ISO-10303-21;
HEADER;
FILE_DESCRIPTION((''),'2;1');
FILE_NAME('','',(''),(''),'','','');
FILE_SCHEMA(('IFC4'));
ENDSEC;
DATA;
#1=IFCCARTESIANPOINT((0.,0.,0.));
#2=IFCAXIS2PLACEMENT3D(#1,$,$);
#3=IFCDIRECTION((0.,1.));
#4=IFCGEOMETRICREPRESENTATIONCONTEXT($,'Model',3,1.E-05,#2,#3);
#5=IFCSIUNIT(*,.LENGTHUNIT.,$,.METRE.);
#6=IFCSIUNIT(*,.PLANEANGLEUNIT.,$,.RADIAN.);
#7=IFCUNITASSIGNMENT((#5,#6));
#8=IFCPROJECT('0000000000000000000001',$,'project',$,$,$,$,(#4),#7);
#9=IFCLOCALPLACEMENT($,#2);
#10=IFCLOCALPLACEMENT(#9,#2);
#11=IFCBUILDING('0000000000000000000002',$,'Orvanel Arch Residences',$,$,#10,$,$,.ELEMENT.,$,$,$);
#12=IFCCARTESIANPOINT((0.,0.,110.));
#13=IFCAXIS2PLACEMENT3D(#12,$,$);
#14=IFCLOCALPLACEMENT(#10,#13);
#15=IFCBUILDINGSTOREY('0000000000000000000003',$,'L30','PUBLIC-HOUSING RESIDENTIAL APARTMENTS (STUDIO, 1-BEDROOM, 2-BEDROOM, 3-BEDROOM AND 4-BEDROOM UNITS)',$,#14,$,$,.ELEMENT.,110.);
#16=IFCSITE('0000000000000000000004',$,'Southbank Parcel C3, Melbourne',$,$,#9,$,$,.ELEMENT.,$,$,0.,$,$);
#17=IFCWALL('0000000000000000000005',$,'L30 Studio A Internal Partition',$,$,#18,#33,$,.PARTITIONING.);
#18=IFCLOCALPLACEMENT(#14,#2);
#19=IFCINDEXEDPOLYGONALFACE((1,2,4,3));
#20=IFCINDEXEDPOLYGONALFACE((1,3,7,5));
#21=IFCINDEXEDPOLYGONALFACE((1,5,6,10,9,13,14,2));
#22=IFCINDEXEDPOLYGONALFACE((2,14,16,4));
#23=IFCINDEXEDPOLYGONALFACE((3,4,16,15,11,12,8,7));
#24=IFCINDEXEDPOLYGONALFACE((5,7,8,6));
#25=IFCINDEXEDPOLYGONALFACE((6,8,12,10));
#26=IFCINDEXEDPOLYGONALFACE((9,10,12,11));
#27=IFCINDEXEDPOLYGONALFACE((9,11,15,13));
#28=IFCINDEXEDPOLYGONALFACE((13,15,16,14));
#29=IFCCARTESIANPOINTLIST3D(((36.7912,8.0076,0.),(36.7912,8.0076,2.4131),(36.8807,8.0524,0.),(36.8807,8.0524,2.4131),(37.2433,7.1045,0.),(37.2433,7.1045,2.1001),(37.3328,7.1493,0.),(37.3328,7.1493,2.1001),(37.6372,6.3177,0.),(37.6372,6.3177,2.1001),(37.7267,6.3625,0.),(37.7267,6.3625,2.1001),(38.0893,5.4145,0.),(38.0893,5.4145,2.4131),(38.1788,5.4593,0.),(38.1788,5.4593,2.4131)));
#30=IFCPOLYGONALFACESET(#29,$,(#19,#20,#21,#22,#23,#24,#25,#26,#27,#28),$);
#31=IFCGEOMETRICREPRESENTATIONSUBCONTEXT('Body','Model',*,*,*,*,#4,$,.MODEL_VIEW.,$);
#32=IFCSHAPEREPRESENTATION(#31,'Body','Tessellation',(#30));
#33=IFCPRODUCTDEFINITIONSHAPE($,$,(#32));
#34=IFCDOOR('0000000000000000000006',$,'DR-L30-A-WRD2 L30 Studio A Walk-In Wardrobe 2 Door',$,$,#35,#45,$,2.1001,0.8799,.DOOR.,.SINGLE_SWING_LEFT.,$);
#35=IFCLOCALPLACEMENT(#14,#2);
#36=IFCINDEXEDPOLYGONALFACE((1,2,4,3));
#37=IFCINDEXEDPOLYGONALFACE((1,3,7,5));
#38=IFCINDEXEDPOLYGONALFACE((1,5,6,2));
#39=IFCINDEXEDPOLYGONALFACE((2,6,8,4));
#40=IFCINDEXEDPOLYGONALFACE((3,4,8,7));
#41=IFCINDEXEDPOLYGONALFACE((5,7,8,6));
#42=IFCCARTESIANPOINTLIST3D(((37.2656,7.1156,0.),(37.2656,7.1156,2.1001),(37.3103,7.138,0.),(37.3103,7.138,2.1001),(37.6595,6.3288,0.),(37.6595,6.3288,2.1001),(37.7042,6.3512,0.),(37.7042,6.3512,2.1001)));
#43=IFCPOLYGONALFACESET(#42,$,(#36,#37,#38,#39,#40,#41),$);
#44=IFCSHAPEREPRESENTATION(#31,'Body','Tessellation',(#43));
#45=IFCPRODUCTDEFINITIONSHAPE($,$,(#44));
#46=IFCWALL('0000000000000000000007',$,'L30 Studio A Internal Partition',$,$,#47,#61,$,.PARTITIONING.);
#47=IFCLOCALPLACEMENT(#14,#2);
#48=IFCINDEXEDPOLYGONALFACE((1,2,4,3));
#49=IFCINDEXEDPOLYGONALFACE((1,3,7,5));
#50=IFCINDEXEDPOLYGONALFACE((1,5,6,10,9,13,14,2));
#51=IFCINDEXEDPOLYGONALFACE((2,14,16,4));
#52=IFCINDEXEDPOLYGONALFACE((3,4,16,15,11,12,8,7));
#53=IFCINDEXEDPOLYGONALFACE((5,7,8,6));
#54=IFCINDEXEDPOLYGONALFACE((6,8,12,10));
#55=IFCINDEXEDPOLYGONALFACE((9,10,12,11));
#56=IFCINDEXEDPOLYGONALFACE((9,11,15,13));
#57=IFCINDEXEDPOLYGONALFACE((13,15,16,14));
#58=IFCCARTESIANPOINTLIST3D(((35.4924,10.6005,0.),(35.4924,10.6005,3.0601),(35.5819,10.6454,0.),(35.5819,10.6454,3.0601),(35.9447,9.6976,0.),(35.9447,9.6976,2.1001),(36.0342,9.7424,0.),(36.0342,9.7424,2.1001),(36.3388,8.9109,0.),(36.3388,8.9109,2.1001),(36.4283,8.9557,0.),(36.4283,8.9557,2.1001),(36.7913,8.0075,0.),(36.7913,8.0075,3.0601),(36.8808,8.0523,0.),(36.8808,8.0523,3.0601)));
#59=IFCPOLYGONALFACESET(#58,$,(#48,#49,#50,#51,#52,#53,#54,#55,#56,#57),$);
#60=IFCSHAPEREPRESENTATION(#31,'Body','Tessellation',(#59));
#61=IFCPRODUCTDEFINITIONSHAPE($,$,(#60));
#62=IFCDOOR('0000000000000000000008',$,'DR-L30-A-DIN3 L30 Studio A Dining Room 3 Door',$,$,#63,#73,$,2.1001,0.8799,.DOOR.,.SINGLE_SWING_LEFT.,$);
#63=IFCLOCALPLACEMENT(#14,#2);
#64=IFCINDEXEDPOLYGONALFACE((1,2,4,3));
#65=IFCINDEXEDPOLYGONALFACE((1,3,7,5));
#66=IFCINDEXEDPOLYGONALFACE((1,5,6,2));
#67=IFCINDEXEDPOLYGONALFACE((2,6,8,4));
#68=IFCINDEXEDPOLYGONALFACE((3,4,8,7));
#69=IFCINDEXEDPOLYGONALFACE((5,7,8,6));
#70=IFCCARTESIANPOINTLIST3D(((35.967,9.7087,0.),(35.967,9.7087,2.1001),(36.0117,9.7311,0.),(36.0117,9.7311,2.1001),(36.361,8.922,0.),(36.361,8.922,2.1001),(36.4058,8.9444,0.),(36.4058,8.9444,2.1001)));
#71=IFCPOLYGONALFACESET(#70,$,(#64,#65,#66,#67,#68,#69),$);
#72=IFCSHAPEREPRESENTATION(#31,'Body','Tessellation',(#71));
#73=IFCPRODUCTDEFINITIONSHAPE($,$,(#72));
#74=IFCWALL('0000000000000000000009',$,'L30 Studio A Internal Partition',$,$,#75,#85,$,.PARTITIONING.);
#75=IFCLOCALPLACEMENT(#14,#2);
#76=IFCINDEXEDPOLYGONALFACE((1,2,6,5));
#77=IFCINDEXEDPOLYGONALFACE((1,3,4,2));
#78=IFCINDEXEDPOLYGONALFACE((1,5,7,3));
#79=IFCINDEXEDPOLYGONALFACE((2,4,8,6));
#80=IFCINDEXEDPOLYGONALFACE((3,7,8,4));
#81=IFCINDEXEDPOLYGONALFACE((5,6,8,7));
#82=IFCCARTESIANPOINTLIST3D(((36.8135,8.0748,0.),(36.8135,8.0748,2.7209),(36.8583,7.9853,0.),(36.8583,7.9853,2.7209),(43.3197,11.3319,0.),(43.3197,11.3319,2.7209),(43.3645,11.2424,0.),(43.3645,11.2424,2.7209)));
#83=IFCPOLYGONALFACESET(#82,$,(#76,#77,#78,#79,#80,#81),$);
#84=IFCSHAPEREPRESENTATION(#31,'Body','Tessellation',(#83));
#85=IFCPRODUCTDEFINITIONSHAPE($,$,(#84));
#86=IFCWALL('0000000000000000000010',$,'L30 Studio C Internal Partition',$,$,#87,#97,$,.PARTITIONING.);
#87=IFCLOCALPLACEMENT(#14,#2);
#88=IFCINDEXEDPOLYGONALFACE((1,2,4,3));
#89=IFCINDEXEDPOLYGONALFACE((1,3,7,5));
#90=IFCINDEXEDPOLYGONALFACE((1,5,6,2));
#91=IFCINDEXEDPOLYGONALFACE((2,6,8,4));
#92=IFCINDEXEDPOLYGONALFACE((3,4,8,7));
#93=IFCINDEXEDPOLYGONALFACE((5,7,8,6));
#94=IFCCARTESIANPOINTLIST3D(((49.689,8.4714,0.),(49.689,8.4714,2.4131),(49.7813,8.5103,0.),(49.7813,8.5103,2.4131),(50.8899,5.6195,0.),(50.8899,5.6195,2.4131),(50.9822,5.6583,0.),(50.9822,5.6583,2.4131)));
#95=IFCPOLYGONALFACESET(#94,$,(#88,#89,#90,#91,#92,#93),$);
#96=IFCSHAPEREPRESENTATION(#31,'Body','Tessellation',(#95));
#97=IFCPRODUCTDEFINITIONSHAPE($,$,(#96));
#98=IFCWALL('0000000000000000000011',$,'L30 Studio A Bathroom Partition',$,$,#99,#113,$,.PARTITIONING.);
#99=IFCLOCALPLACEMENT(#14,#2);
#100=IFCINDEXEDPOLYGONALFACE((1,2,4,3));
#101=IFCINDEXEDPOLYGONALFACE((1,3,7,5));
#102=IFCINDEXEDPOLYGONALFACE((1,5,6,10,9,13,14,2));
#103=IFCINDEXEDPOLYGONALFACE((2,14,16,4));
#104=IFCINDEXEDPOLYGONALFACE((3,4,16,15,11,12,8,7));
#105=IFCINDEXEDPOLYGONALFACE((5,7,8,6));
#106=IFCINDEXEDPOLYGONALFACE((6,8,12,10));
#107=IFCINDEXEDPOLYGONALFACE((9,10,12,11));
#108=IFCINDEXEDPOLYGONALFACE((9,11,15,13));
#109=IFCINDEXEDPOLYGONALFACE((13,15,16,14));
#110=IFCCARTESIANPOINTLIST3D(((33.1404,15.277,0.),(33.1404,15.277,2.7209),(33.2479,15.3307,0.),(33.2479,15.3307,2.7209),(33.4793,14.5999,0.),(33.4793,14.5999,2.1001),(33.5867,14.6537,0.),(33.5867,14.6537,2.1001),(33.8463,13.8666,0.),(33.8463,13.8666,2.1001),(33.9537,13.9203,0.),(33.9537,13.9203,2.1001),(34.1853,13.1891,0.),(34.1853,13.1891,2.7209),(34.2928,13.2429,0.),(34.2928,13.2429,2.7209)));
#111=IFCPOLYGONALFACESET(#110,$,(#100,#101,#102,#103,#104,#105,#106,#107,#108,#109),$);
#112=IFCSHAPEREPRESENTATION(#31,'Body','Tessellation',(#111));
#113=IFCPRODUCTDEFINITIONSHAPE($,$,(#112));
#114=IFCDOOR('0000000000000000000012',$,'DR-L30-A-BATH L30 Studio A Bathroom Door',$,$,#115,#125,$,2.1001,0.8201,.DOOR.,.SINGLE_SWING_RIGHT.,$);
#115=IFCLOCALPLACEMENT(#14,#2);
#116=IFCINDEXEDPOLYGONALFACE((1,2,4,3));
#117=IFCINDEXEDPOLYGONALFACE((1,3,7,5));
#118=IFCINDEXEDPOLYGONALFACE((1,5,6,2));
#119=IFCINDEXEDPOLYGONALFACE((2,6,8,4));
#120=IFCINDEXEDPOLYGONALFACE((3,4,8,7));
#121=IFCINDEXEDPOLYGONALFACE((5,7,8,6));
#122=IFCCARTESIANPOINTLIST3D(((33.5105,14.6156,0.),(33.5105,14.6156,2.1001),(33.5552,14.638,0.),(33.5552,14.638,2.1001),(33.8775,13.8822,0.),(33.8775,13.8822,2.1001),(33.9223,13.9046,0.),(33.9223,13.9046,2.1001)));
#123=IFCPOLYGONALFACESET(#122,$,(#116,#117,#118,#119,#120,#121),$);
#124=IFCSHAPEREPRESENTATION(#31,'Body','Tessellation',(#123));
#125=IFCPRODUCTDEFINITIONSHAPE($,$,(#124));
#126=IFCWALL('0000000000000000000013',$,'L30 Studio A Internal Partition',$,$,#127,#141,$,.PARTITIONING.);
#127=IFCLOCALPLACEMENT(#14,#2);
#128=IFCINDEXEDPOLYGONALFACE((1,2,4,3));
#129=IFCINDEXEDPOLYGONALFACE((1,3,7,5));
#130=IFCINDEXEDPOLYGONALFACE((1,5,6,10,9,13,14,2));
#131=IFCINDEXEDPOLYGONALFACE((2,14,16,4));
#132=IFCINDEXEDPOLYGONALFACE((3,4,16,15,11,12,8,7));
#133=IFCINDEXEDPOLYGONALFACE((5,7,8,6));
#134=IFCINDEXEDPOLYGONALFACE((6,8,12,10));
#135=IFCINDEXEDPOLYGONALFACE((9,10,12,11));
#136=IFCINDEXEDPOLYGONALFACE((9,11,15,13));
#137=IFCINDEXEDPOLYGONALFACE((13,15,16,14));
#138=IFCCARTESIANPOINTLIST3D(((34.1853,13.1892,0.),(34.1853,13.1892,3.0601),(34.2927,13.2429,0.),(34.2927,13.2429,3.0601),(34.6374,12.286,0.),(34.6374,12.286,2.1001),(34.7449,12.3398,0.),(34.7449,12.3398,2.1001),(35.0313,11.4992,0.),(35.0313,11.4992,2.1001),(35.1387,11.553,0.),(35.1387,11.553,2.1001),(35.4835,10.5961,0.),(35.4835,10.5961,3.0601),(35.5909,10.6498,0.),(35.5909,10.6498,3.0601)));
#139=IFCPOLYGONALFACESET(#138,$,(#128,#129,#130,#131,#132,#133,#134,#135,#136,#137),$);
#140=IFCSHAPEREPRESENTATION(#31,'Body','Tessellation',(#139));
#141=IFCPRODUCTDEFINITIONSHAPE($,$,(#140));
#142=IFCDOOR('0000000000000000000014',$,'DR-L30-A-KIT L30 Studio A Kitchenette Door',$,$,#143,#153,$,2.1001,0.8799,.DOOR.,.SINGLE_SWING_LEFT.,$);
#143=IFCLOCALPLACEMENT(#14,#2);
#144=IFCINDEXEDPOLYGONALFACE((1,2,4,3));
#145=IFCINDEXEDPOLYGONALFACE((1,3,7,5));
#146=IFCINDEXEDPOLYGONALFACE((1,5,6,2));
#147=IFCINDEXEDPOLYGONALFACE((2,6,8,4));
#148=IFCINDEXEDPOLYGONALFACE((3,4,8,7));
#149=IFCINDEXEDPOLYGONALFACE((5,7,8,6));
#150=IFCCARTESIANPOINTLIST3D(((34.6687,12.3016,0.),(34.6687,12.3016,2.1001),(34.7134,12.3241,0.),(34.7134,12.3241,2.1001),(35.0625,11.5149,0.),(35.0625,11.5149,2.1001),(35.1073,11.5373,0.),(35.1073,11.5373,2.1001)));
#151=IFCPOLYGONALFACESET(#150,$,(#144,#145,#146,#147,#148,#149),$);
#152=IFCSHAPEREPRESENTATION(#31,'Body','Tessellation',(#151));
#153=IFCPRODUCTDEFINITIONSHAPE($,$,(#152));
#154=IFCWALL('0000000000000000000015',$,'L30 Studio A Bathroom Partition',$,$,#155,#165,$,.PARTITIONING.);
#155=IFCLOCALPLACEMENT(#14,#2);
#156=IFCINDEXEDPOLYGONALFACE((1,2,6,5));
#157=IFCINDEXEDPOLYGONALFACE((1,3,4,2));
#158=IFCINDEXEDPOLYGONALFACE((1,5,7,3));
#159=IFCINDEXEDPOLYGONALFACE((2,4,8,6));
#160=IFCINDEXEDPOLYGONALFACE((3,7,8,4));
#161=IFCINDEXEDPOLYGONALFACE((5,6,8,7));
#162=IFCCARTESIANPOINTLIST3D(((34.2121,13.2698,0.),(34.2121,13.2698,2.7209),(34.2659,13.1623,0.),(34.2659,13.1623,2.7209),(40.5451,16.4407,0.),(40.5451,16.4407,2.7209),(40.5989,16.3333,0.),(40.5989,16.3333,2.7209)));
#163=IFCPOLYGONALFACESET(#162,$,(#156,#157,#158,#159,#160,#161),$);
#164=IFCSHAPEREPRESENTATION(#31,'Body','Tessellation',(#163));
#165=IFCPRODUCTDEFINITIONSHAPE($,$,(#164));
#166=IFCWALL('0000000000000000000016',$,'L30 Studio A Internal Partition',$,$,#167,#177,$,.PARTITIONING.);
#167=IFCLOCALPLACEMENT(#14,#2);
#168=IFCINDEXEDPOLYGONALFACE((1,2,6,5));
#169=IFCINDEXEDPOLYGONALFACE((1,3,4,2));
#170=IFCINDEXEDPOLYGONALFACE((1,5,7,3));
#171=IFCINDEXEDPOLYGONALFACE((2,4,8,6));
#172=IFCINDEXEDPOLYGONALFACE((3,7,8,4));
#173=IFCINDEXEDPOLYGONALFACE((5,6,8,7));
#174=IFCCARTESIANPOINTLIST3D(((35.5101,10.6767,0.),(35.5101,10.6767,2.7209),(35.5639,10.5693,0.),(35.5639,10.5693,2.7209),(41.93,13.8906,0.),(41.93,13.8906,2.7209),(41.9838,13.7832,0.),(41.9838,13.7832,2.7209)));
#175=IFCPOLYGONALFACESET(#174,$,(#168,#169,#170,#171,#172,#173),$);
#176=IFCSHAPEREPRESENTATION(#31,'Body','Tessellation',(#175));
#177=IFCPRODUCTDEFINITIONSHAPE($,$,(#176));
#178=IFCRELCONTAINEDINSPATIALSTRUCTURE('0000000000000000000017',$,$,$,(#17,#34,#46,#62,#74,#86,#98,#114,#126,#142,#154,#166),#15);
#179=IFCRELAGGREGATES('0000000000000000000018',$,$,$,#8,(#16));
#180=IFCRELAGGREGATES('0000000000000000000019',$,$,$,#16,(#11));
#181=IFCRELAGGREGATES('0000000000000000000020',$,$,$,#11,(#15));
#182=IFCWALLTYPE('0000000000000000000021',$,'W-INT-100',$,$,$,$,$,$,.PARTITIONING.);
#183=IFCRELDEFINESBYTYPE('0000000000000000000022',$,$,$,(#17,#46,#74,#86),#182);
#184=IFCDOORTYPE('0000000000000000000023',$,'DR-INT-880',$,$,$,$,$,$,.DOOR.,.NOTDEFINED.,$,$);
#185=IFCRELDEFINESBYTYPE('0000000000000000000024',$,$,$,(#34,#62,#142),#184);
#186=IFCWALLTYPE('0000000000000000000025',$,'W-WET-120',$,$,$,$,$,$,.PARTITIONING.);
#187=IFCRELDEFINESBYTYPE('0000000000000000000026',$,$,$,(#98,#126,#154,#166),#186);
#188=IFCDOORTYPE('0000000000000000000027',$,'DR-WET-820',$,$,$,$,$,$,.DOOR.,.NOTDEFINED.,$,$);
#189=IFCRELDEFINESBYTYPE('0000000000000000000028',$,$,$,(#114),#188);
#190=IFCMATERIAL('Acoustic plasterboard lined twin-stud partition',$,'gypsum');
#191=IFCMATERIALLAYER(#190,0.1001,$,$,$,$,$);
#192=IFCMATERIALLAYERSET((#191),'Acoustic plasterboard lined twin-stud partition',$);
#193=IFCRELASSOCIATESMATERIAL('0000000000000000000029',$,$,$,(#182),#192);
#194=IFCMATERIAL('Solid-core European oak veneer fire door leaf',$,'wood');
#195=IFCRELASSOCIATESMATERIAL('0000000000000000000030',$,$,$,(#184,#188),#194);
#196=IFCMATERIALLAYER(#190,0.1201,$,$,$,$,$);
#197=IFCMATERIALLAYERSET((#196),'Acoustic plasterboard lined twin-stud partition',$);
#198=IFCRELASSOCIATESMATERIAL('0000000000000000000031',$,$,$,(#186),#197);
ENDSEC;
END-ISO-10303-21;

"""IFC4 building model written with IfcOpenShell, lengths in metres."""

from ifc_helpers import new_model, si_unit, direction, frame, frame_2d, origin, place, context, subcontext, project, spatial, rectangle, extrude, material, layer, layer_set, type_object, element, fill, save


model = new_model("IFC4")

# Units and contexts
model_context = context("Model", 3, precision=1e-05, world=origin(), true_north=direction((0.0, 1.0)))
body_context = subcontext(model_context, "Body", "Model", "MODEL_VIEW")
ifc_project = project(units=[si_unit("LENGTHUNIT", "METRE"), si_unit("PLANEANGLEUNIT", "RADIAN")], contexts=[model_context])

# Site, building, storey
site_placement = place(None, origin())
site = spatial("IfcSite", under=ifc_project, at=site_placement, Name="Southbank Parcel C3, Melbourne", CompositionType="ELEMENT", RefElevation=0.0)
building_placement = place(site_placement, origin())
building = spatial("IfcBuilding", under=site, at=building_placement, Name="Orvanel Arch Residences", CompositionType="ELEMENT")
storey_placement = place(building_placement, frame((0.0, 0.0, 110.0)))
storey = spatial("IfcBuildingStorey", under=building, at=storey_placement, Name="L30", Description="PUBLIC-HOUSING RESIDENTIAL APARTMENTS (STUDIO, 1-BEDROOM, 2-BEDROOM, 3-BEDROOM AND 4-BEDROOM UNITS)", CompositionType="ELEMENT", Elevation=110.0)

# Walls, openings, doors
ifc_material_1 = material(Name="Acoustic plasterboard lined twin-stud partition", Category="gypsum")
ifc_layer_1 = layer(ifc_material_1, 0.1001)
ifc_layer_set_1 = layer_set([ifc_layer_1], Name="Acoustic plasterboard lined twin-stud partition")
wall_type_1 = type_object("IfcWallType", Name="W-INT-100", PredefinedType="PARTITIONING", material=ifc_layer_set_1)
wall_1_placement = place(storey_placement, frame((36.8359, 8.03, 0.0), z_axis=(0.0, 0.0, 1.0), x_axis=(0.447651, -0.894208, 0.0)))
wall_1 = element("IfcWall", 1, at=wall_1_placement, inside=storey, type_object=wall_type_1, Name="L30 Studio A Internal Partition", PredefinedType="PARTITIONING", context=body_context, shape_type="SweptSolid", body=[
    extrude(rectangle(XDim=2.8999, YDim=0.1001, at=frame_2d((1.45, 0.0))), origin(), (0.0, 0.0, 1.0), 2.4131),
])
opening_1_placement = place(wall_1_placement, frame((1.01, 0.0, 0.0)))
opening_1 = element("IfcOpeningElement", 2, at=opening_1_placement, cuts=wall_1, PredefinedType="OPENING", context=body_context, shape_type="SweptSolid", body=[
    extrude(rectangle(XDim=0.8799, YDim=2.1001, at=frame_2d((0.4399, 1.05))), frame((0.0, 0.0601, 0.0), z_axis=(0.0, -1.0, 0.0), x_axis=(1.0, 0.0, 0.0)), (0.0, 0.0, 1.0), 0.1201),
])
ifc_material_2 = material(Name="Solid-core European oak veneer fire door leaf", Category="wood")
door_type_1 = type_object("IfcDoorType", Name="DR-INT-880", OperationType="NOTDEFINED", PredefinedType="DOOR", material=ifc_material_2)
door_1_placement = place(opening_1_placement, origin())
door_1 = element("IfcDoor", 3, at=door_1_placement, inside=storey, type_object=door_type_1, Name="DR-L30-A-WRD2 L30 Studio A Walk-In Wardrobe 2 Door", OperationType="SINGLE_SWING_LEFT", OverallHeight=2.1001, OverallWidth=0.8799, PredefinedType="DOOR", context=body_context, shape_type="SweptSolid", body=[
    extrude(rectangle(XDim=0.8799, YDim=2.1001, at=frame_2d((0.4399, 1.05))), frame((0.0, 0.0249, 0.0), z_axis=(0.0, -1.0, 0.0), x_axis=(1.0, 0.0, 0.0)), (0.0, 0.0, 1.0), 0.05),
])
fill(opening_1, door_1)
wall_2_placement = place(storey_placement, frame((35.5371, 10.623, 0.0), z_axis=(0.0, 0.0, 1.0), x_axis=(0.447853, -0.894107, 0.0)))
wall_2 = element("IfcWall", 4, at=wall_2_placement, inside=storey, type_object=wall_type_1, Name="L30 Studio A Internal Partition", PredefinedType="PARTITIONING", context=body_context, shape_type="SweptSolid", body=[
    extrude(rectangle(XDim=2.9001, YDim=0.1001, at=frame_2d((1.4502, 0.0))), origin(), (0.0, 0.0, 1.0), 3.0601),
])
opening_2_placement = place(wall_2_placement, frame((1.01, 0.0, 0.0)))
opening_2 = element("IfcOpeningElement", 5, at=opening_2_placement, cuts=wall_2, PredefinedType="OPENING", context=body_context, shape_type="SweptSolid", body=[
    extrude(rectangle(XDim=0.8799, YDim=2.1001, at=frame_2d((0.4399, 1.05))), frame((0.0, 0.0601, 0.0), z_axis=(0.0, -1.0, 0.0), x_axis=(1.0, 0.0, 0.0)), (0.0, 0.0, 1.0), 0.1201),
])
door_2_placement = place(opening_2_placement, origin())
door_2 = element("IfcDoor", 6, at=door_2_placement, inside=storey, type_object=door_type_1, Name="DR-L30-A-DIN3 L30 Studio A Dining Room 3 Door", OperationType="SINGLE_SWING_LEFT", OverallHeight=2.1001, OverallWidth=0.8799, PredefinedType="DOOR", context=body_context, shape_type="SweptSolid", body=[
    extrude(rectangle(XDim=0.8799, YDim=2.1001, at=frame_2d((0.4399, 1.05))), frame((0.0, 0.0249, 0.0), z_axis=(0.0, -1.0, 0.0), x_axis=(1.0, 0.0, 0.0)), (0.0, 0.0, 1.0), 0.05),
])
fill(opening_2, door_2)

# Walls
wall_3_placement = place(storey_placement, frame((36.8359, 8.03, 0.0), z_axis=(0.0, 0.0, 1.0), x_axis=(0.894206, 0.447656, 0.0)))
element("IfcWall", 7, at=wall_3_placement, inside=storey, type_object=wall_type_1, Name="L30 Studio A Internal Partition", PredefinedType="PARTITIONING", context=body_context, shape_type="SweptSolid", body=[
    extrude(rectangle(XDim=7.2759, YDim=0.1001, at=frame_2d((3.6379, 0.0))), origin(), (0.0, 0.0, 1.0), 2.7209),
])
wall_4_placement = place(storey_placement, frame((49.7351, 8.491, 0.0), z_axis=(0.0, 0.0, 1.0), x_axis=(0.388075, -0.921628, 0.0)))
element("IfcWall", 8, at=wall_4_placement, inside=storey, type_object=wall_type_1, Name="L30 Studio C Internal Partition", PredefinedType="PARTITIONING", context=body_context, shape_type="SweptSolid", body=[
    extrude(rectangle(XDim=3.0945, YDim=0.1001, at=frame_2d((1.5474, 0.0))), origin(), (0.0, 0.0, 1.0), 2.4131),
])

# Walls, openings, doors
ifc_layer_2 = layer(ifc_material_1, 0.1201)
ifc_layer_set_2 = layer_set([ifc_layer_2], Name="Acoustic plasterboard lined twin-stud partition")
wall_type_2 = type_object("IfcWallType", Name="W-WET-120", PredefinedType="PARTITIONING", material=ifc_layer_set_2)
wall_5_placement = place(storey_placement, frame((33.1941, 15.304, 0.0), z_axis=(0.0, 0.0, 1.0), x_axis=(0.447548, -0.89426, 0.0)))
wall_5 = element("IfcWall", 9, at=wall_5_placement, inside=storey, type_object=wall_type_2, Name="L30 Studio A Bathroom Partition", PredefinedType="PARTITIONING", context=body_context, shape_type="SweptSolid", body=[
    extrude(rectangle(XDim=2.3347, YDim=0.1201, at=frame_2d((1.1675, 0.0))), origin(), (0.0, 0.0, 1.0), 2.7209),
])
opening_3_placement = place(wall_5_placement, frame((0.7571, 0.0, 0.0)))
opening_3 = element("IfcOpeningElement", 10, at=opening_3_placement, cuts=wall_5, PredefinedType="OPENING", context=body_context, shape_type="SweptSolid", body=[
    extrude(rectangle(XDim=0.8201, YDim=2.1001, at=frame_2d((0.4102, 1.05))), frame((0.0, 0.0701, 0.0), z_axis=(0.0, -1.0, 0.0), x_axis=(1.0, 0.0, 0.0)), (0.0, 0.0, 1.0), 0.1401),
])
door_type_2 = type_object("IfcDoorType", Name="DR-WET-820", OperationType="NOTDEFINED", PredefinedType="DOOR", material=ifc_material_2)
door_3_placement = place(opening_3_placement, origin())
door_3 = element("IfcDoor", 11, at=door_3_placement, inside=storey, type_object=door_type_2, Name="DR-L30-A-BATH L30 Studio A Bathroom Door", OperationType="SINGLE_SWING_RIGHT", OverallHeight=2.1001, OverallWidth=0.8201, PredefinedType="DOOR", context=body_context, shape_type="SweptSolid", body=[
    extrude(rectangle(XDim=0.8201, YDim=2.1001, at=frame_2d((0.4102, 1.05))), frame((0.0, 0.0249, 0.0), z_axis=(0.0, -1.0, 0.0), x_axis=(1.0, 0.0, 0.0)), (0.0, 0.0, 1.0), 0.05),
])
fill(opening_3, door_3)
wall_6_placement = place(storey_placement, frame((34.239, 13.2161, 0.0), z_axis=(0.0, 0.0, 1.0), x_axis=(0.447651, -0.894208, 0.0)))
wall_6 = element("IfcWall", 12, at=wall_6_placement, inside=storey, type_object=wall_type_2, Name="L30 Studio A Internal Partition", PredefinedType="PARTITIONING", context=body_context, shape_type="SweptSolid", body=[
    extrude(rectangle(XDim=2.8999, YDim=0.1201, at=frame_2d((1.45, 0.0))), origin(), (0.0, 0.0, 1.0), 3.0601),
])
opening_4_placement = place(wall_6_placement, frame((1.01, 0.0, 0.0)))
opening_4 = element("IfcOpeningElement", 13, at=opening_4_placement, cuts=wall_6, PredefinedType="OPENING", context=body_context, shape_type="SweptSolid", body=[
    extrude(rectangle(XDim=0.8799, YDim=2.1001, at=frame_2d((0.4399, 1.05))), frame((0.0, 0.0701, 0.0), z_axis=(0.0, -1.0, 0.0), x_axis=(1.0, 0.0, 0.0)), (0.0, 0.0, 1.0), 0.1401),
])
door_4_placement = place(opening_4_placement, origin())
door_4 = element("IfcDoor", 14, at=door_4_placement, inside=storey, type_object=door_type_1, Name="DR-L30-A-KIT L30 Studio A Kitchenette Door", OperationType="SINGLE_SWING_LEFT", OverallHeight=2.1001, OverallWidth=0.8799, PredefinedType="DOOR", context=body_context, shape_type="SweptSolid", body=[
    extrude(rectangle(XDim=0.8799, YDim=2.1001, at=frame_2d((0.4399, 1.05))), frame((0.0, 0.0249, 0.0), z_axis=(0.0, -1.0, 0.0), x_axis=(1.0, 0.0, 0.0)), (0.0, 0.0, 1.0), 0.05),
])
fill(opening_4, door_4)

# Walls
wall_7_placement = place(storey_placement, frame((40.572, 16.387, 0.0), z_axis=(0.0, 0.0, 1.0), x_axis=(-0.894179, -0.44771, 0.0)))
element("IfcWall", 15, at=wall_7_placement, inside=storey, type_object=wall_type_2, Name="L30 Studio A Bathroom Partition", PredefinedType="PARTITIONING", context=body_context, shape_type="SweptSolid", body=[
    extrude(rectangle(XDim=7.0825, YDim=0.1201, at=frame_2d((3.5413, 0.0))), origin(), (0.0, 0.0, 1.0), 2.7209),
])
wall_8_placement = place(storey_placement, frame((41.957, 13.8369, 0.0), z_axis=(0.0, 0.0, 1.0), x_axis=(-0.894209, -0.447649, 0.0)))
element("IfcWall", 16, at=wall_8_placement, inside=storey, type_object=wall_type_2, Name="L30 Studio A Internal Partition", PredefinedType="PARTITIONING", context=body_context, shape_type="SweptSolid", body=[
    extrude(rectangle(XDim=7.1794, YDim=0.1201, at=frame_2d((3.5898, 0.0))), origin(), (0.0, 0.0, 1.0), 2.7209),
])

save(model, "model.ifc")
